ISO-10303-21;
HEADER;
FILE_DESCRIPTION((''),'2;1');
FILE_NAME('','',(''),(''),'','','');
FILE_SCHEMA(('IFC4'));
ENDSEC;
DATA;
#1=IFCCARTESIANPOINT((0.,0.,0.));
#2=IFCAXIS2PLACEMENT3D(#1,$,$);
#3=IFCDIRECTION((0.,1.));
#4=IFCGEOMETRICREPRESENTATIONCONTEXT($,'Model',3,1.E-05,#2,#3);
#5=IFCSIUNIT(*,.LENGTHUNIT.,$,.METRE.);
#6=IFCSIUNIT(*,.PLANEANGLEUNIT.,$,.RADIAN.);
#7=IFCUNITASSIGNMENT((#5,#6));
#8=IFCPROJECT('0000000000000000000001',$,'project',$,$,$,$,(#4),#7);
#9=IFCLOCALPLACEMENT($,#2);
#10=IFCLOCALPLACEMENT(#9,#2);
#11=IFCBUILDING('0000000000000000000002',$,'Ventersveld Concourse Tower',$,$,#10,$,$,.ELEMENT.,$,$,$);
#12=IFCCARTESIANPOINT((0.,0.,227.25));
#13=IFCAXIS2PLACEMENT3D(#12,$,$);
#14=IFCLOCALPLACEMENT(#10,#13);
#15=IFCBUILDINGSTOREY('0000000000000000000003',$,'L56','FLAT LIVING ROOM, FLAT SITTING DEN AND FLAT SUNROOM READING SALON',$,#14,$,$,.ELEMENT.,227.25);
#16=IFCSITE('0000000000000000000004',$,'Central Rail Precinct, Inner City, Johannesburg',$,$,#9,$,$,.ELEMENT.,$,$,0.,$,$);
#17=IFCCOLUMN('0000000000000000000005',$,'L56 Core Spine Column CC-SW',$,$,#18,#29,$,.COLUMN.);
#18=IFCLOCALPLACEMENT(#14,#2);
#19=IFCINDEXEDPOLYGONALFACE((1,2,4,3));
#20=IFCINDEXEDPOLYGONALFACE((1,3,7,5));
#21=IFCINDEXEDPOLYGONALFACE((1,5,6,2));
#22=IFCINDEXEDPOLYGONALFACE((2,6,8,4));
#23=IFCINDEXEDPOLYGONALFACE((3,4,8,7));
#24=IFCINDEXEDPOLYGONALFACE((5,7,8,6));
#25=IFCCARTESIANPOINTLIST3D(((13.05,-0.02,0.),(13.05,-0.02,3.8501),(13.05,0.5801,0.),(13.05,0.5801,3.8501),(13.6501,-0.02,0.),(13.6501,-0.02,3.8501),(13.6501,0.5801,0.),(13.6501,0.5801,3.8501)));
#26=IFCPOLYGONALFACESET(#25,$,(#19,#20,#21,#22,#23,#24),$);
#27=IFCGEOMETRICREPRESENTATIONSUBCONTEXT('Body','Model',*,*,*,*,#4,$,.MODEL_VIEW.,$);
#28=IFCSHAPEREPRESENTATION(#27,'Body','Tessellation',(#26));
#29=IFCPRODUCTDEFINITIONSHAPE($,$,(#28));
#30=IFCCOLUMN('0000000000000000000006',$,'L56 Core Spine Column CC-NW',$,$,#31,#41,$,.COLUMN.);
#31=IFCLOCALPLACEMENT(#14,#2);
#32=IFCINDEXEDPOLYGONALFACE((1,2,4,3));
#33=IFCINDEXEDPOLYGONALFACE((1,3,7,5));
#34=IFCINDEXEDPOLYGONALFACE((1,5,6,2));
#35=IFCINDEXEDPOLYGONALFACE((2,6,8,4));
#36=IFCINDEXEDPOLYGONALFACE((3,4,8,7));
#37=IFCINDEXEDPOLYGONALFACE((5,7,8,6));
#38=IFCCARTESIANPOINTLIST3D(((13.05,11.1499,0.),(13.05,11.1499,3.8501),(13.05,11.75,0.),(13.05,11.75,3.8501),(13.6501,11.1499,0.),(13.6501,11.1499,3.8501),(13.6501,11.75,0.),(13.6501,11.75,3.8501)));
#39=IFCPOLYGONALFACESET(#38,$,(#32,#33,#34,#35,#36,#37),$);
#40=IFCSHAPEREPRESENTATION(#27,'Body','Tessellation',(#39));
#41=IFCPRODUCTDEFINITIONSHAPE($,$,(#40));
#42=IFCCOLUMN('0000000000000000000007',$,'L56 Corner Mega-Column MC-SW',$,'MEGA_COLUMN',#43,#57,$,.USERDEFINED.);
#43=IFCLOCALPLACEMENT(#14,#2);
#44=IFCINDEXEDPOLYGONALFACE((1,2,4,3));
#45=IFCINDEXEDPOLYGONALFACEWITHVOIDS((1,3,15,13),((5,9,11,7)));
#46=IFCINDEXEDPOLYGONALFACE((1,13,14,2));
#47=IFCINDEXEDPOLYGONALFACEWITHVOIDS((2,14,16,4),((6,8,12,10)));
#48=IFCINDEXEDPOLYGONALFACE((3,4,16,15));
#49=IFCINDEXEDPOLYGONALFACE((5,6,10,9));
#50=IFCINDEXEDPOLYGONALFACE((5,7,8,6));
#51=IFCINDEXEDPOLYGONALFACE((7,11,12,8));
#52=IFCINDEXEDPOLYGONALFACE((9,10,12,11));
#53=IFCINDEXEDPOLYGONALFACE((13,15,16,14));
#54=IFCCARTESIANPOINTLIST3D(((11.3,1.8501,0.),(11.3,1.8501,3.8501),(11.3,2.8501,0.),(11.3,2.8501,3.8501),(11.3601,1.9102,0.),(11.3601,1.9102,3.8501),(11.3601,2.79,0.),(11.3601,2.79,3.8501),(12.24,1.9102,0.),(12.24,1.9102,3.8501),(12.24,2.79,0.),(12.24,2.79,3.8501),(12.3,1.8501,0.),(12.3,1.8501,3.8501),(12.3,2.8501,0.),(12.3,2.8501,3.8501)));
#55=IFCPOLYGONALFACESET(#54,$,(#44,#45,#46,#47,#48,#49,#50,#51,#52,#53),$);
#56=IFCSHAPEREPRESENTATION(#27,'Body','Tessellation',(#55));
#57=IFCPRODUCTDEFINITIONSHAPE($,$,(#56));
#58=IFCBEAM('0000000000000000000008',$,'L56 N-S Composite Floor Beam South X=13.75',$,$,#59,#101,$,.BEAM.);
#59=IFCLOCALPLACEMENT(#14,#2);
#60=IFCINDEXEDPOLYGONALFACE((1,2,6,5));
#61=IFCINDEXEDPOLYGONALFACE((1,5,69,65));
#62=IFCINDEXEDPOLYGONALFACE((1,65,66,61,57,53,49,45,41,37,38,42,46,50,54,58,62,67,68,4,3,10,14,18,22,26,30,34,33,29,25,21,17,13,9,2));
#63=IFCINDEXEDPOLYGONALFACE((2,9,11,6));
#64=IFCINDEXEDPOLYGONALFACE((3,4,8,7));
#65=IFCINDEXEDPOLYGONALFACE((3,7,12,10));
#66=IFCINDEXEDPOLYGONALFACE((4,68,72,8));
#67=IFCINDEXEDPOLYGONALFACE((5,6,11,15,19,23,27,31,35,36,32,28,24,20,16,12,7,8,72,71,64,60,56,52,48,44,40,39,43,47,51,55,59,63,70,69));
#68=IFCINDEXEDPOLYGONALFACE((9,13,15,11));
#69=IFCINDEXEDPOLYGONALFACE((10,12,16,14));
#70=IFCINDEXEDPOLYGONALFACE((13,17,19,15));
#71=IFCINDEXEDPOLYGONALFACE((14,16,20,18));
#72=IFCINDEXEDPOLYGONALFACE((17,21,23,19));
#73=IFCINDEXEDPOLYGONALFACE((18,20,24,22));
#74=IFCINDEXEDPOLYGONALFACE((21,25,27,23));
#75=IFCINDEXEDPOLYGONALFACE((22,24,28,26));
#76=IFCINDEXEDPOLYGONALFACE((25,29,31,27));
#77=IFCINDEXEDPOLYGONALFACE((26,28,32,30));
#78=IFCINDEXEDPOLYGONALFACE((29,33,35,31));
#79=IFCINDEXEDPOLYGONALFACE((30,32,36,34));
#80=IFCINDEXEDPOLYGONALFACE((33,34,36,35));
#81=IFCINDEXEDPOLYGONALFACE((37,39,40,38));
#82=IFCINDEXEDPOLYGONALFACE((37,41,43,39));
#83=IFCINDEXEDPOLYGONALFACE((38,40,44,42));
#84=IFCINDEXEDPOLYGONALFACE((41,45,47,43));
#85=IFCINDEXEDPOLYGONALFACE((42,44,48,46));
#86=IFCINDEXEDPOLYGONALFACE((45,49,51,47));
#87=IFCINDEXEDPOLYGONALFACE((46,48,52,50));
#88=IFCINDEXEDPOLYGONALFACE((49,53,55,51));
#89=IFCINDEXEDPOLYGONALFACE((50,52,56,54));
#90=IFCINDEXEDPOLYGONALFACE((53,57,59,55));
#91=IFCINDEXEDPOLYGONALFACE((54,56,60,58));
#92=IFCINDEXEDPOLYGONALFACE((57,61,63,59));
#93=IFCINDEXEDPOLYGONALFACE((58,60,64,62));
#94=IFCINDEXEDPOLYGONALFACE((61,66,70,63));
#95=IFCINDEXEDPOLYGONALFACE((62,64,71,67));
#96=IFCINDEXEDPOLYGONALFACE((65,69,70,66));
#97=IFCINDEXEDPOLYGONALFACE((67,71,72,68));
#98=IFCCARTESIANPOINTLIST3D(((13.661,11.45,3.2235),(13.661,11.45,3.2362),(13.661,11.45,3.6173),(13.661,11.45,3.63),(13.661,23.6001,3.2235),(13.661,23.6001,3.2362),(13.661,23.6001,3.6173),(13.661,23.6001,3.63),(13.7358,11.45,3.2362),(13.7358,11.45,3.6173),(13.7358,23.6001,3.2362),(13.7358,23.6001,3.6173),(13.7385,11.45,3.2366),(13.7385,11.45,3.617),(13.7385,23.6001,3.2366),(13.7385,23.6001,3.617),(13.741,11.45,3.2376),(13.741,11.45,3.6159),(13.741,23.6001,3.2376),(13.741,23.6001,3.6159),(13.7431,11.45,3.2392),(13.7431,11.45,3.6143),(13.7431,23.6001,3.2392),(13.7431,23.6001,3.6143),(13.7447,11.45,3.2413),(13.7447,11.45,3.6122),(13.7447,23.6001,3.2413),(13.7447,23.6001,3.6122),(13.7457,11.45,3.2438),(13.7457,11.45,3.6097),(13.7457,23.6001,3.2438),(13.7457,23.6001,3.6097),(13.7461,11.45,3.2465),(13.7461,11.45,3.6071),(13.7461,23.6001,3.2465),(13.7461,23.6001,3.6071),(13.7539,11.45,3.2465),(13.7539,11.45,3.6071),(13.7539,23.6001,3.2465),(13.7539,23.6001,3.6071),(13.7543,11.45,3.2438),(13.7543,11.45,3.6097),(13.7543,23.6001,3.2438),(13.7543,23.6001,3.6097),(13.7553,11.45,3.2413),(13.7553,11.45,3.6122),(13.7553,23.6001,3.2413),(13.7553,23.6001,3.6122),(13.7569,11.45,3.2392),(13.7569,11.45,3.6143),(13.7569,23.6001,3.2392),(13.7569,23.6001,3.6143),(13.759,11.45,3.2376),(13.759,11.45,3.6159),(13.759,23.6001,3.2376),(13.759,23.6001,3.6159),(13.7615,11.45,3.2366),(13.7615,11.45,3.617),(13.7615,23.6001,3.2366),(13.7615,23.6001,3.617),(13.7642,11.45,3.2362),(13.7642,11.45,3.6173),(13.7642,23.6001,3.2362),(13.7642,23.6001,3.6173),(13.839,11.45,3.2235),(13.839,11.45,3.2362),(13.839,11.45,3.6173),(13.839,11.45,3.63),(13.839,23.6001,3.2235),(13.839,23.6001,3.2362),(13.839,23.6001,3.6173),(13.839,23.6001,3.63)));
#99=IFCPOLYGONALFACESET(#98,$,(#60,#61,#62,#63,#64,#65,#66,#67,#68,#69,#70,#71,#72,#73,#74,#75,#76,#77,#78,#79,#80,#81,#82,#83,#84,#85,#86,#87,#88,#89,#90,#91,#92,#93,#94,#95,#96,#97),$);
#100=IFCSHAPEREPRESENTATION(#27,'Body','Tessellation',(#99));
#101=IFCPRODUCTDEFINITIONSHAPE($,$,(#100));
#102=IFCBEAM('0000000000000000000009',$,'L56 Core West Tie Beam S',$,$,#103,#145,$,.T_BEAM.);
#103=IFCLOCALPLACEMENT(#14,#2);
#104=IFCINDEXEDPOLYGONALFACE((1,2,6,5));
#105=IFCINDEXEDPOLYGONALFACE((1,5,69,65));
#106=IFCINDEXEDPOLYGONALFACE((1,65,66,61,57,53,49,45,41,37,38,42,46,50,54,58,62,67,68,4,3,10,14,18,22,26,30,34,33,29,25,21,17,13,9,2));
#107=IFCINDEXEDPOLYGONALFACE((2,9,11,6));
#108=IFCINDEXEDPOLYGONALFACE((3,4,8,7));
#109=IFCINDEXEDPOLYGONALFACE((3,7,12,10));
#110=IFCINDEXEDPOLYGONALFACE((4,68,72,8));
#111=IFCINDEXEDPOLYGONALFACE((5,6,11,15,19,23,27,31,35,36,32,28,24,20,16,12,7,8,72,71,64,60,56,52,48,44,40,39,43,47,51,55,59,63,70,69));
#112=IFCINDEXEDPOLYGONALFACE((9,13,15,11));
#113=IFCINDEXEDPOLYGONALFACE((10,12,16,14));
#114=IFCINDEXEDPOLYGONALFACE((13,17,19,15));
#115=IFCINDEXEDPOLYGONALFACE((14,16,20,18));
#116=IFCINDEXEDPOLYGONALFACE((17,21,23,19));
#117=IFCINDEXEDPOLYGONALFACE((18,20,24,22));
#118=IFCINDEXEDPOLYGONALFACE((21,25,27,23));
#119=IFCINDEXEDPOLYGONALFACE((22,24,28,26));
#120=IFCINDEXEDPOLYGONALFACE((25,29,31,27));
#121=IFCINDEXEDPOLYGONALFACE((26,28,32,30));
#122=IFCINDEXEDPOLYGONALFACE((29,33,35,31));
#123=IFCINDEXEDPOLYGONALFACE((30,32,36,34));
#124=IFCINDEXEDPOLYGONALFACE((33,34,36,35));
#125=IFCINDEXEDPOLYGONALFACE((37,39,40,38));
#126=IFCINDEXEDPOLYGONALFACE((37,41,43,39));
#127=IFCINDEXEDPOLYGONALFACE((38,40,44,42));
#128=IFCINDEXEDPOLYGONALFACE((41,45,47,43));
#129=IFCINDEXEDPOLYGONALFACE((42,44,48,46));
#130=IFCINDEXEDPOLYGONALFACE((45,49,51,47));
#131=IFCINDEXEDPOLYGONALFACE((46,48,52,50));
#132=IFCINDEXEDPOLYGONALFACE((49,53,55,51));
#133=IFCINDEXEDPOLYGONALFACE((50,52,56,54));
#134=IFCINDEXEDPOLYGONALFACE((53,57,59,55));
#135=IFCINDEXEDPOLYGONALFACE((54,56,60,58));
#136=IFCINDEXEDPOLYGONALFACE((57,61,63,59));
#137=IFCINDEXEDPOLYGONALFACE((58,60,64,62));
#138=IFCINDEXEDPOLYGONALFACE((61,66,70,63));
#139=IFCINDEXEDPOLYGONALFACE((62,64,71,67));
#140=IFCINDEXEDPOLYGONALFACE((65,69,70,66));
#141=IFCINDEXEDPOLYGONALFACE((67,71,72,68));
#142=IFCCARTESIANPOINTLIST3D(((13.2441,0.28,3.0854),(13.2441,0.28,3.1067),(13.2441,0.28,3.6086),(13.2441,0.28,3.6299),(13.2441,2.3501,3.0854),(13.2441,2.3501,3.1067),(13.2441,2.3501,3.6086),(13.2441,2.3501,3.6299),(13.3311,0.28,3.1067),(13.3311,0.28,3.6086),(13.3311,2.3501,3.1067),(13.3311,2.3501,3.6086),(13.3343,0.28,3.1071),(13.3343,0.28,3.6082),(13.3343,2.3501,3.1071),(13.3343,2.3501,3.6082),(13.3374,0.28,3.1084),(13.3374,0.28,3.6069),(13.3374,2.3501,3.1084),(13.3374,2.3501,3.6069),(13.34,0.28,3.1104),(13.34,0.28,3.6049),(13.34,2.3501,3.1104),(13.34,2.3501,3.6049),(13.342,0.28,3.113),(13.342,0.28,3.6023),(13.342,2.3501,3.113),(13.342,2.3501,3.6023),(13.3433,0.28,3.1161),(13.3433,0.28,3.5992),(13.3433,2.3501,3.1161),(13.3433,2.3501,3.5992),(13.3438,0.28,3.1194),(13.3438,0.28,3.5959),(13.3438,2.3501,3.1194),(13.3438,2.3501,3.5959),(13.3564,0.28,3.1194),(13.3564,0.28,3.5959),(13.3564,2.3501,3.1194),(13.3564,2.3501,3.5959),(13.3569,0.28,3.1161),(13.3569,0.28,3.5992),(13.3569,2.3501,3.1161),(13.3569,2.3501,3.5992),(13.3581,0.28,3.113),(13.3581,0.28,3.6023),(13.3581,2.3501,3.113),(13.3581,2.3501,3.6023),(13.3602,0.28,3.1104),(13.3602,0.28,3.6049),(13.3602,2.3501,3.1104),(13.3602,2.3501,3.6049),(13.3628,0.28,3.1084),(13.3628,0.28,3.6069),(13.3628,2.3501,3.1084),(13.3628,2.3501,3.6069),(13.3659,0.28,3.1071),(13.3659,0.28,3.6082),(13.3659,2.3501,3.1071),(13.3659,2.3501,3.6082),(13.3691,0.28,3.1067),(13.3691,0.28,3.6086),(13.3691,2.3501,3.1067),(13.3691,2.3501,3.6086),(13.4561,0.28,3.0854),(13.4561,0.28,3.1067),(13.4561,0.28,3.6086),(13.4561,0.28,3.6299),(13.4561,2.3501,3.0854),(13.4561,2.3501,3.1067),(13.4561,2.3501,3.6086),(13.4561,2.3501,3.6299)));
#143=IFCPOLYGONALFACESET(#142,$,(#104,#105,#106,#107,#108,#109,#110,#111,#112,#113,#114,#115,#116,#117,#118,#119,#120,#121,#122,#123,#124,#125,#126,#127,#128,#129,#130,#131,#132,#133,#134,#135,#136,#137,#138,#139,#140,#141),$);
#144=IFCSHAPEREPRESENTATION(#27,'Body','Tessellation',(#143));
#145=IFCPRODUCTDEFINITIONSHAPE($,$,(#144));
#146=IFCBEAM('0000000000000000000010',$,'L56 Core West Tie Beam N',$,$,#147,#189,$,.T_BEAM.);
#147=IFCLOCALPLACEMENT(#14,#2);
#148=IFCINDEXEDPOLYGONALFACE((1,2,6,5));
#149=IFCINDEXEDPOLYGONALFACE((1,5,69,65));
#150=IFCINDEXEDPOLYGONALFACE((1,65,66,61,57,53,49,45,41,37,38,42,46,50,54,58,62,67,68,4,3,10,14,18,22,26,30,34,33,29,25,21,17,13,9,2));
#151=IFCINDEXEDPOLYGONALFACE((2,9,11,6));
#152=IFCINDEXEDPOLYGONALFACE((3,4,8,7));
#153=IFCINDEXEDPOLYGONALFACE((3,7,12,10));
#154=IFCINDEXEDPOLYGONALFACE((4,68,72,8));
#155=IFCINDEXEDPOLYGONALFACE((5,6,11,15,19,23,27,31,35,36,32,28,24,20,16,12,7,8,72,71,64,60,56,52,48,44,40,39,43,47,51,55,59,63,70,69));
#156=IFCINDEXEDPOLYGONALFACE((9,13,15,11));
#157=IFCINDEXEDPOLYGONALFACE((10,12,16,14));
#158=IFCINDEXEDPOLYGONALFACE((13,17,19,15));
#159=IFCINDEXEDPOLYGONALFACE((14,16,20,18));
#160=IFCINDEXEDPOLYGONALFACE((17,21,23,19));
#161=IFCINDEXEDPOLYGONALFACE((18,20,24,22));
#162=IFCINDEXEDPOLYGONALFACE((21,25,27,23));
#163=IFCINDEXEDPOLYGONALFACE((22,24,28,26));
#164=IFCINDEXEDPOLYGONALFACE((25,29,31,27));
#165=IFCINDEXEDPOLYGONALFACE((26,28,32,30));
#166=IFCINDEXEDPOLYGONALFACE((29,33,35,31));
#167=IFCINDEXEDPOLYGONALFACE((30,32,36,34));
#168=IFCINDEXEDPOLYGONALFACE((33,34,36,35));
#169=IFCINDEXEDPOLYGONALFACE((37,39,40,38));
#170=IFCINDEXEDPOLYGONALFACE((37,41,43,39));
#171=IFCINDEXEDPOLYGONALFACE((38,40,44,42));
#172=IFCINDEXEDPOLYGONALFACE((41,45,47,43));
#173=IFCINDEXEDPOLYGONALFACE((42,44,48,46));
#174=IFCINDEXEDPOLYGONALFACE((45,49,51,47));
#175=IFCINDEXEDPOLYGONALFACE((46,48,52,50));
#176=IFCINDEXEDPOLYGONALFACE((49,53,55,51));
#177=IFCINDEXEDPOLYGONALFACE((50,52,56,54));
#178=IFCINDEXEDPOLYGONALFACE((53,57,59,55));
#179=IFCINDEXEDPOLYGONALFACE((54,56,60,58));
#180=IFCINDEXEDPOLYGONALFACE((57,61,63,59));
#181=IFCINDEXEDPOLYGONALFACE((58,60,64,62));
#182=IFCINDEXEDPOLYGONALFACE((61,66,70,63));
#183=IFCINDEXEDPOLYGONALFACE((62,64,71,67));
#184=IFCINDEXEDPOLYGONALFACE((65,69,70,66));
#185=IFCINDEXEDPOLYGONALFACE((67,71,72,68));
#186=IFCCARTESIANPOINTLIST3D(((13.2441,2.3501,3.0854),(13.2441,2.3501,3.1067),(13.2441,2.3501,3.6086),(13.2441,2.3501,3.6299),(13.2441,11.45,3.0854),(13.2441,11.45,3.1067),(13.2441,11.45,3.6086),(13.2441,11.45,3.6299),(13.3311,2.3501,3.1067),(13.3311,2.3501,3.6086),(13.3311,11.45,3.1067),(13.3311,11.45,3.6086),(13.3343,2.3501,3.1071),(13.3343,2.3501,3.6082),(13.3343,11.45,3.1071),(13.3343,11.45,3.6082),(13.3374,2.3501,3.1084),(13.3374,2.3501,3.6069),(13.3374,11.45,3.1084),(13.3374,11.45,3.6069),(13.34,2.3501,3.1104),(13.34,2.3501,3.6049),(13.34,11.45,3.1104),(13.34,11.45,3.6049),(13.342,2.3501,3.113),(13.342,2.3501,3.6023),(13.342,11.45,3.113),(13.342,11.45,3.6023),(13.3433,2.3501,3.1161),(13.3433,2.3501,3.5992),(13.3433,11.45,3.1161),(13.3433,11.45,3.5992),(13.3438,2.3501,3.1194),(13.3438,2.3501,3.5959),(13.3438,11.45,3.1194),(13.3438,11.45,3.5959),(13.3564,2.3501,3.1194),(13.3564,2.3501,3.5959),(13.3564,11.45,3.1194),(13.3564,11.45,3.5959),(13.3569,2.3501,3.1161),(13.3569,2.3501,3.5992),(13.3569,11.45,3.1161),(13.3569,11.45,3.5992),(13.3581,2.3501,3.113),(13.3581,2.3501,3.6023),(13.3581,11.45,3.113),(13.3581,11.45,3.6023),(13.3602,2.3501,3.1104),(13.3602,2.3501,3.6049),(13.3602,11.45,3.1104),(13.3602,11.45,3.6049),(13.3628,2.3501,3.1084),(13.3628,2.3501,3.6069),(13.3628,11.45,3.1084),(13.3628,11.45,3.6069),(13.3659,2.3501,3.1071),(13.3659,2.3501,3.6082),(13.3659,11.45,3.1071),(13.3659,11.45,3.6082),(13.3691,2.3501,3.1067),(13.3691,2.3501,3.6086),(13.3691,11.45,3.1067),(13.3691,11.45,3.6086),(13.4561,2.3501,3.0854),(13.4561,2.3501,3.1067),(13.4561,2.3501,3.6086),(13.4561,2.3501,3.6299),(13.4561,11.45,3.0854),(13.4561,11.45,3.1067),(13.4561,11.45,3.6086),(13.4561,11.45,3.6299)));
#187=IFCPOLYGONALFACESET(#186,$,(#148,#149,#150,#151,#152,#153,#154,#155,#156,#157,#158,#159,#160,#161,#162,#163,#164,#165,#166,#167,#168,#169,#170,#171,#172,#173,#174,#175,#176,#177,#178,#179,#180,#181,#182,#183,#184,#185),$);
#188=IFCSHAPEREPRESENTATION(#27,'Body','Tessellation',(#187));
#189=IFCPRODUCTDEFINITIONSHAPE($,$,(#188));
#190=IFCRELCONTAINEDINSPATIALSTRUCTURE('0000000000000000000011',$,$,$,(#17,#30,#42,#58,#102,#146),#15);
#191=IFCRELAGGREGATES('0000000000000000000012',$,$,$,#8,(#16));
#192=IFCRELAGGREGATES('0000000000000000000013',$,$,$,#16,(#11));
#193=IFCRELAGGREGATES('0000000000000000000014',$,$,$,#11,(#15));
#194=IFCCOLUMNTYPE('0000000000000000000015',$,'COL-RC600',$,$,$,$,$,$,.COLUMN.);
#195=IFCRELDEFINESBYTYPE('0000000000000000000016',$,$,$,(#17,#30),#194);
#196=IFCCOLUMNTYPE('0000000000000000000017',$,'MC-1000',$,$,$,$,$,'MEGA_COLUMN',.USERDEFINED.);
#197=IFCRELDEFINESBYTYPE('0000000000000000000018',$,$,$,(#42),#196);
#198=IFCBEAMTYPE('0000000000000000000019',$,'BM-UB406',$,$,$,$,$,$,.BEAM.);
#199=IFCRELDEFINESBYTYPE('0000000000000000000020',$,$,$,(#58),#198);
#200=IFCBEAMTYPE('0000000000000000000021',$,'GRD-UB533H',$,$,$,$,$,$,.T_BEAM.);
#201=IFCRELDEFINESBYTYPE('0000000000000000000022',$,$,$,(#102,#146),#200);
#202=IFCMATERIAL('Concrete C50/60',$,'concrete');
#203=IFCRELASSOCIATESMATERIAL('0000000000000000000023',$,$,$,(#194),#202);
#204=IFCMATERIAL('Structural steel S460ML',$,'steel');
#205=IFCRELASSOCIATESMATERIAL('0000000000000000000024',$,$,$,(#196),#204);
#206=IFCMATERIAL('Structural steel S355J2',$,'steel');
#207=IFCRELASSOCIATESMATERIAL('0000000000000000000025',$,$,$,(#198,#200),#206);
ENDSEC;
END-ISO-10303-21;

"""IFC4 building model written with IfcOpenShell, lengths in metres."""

from ifc_helpers import new_model, si_unit, direction, frame, origin, origin_2d, place, context, subcontext, project, spatial, rectangle, hollow_rectangle, i_section, extrude, material, material_profile, profile_set, type_object, element, save


model = new_model("IFC4")

# Units and contexts
model_context = context("Model", 3, precision=1e-05, world=origin(), true_north=direction((0.0, 1.0)))
body_context = subcontext(model_context, "Body", "Model", "MODEL_VIEW")
ifc_project = project(units=[si_unit("LENGTHUNIT", "METRE"), si_unit("PLANEANGLEUNIT", "RADIAN")], contexts=[model_context])

# Site, building, storey
site_placement = place(None, origin())
site = spatial("IfcSite", under=ifc_project, at=site_placement, Name="Central Rail Precinct, Inner City, Johannesburg", CompositionType="ELEMENT", RefElevation=0.0)
building_placement = place(site_placement, origin())
building = spatial("IfcBuilding", under=site, at=building_placement, Name="Ventersveld Concourse Tower", CompositionType="ELEMENT")
storey_placement = place(building_placement, frame((0.0, 0.0, 227.25)))
storey = spatial("IfcBuildingStorey", under=building, at=storey_placement, Name="L56", Description="FLAT LIVING ROOM, FLAT SITTING DEN AND FLAT SUNROOM READING SALON", CompositionType="ELEMENT", Elevation=227.25)

# Columns
ifc_material_1 = material(Name="Concrete C50/60", Category="concrete")
ifc_material_profile_1 = material_profile(ifc_material_1, rectangle(XDim=0.6001, YDim=0.6001, at=origin_2d()), Name="RC 600x600")
ifc_profile_set_1 = profile_set([ifc_material_profile_1], Name="Concrete C50/60")
column_type_1 = type_object("IfcColumnType", Name="COL-RC600", PredefinedType="COLUMN", material=ifc_profile_set_1)
for number, where, z_axis, x_axis, name in (
    (1, (13.3501, 0.28, 0.0), (0.0, 0.0, 1.0), (1.0, 0.0, 0.0), "L56 Core Spine Column CC-SW"),
    (2, (13.3501, 11.45, 0.0), (0.0, 0.0, 1.0), (1.0, 0.0, 0.0), "L56 Core Spine Column CC-NW"),
):
    element("IfcColumn", number, at=place(storey_placement, frame(where, z_axis=z_axis, x_axis=x_axis)), inside=storey, type_object=column_type_1, Name=name, PredefinedType="COLUMN", context=body_context, shape_type="SweptSolid", body=[
        extrude(rectangle(XDim=0.6001, YDim=0.6001, at=origin_2d()), origin(), (0.0, 0.0, 1.0), 3.8501),
    ])
ifc_material_2 = material(Name="Structural steel S460ML", Category="steel")
ifc_material_profile_2 = material_profile(ifc_material_2, hollow_rectangle(XDim=1.0, YDim=1.0, WallThickness=0.0601, at=origin_2d()), Name="BOX 1000x1000x60")
ifc_profile_set_2 = profile_set([ifc_material_profile_2], Name="Structural steel S460ML")
column_type_2 = type_object("IfcColumnType", Name="MC-1000", ElementType="MEGA_COLUMN", PredefinedType="USERDEFINED", material=ifc_profile_set_2)
column_placement = place(storey_placement, frame((11.8, 2.3501, 0.0), z_axis=(0.0, 0.0, 1.0), x_axis=(1.0, 0.0, 0.0)))
element("IfcColumn", 3, at=column_placement, inside=storey, type_object=column_type_2, Name="L56 Corner Mega-Column MC-SW", ObjectType="MEGA_COLUMN", PredefinedType="USERDEFINED", context=body_context, shape_type="SweptSolid", body=[
    extrude(hollow_rectangle(XDim=1.0, YDim=1.0, WallThickness=0.0601, at=origin_2d()), origin(), (0.0, 0.0, 1.0), 3.8501),
])

# Beams
ifc_material_3 = material(Name="Structural steel S355J2", Category="steel")
ifc_material_profile_3 = material_profile(ifc_material_3, i_section(OverallWidth=0.178, OverallDepth=0.4065, WebThickness=0.0078, FlangeThickness=0.0127, FilletRadius=0.0103, at=origin_2d()), Name="UB 406x178x60")
ifc_profile_set_3 = profile_set([ifc_material_profile_3], Name="Structural steel S355J2")
beam_type_1 = type_object("IfcBeamType", Name="BM-UB406", PredefinedType="BEAM", material=ifc_profile_set_3)
beam_1_placement = place(storey_placement, frame((13.75, 11.45, 3.4268), z_axis=(0.0, 1.0, 0.0), x_axis=(-1.0, 0.0, 0.0)))
element("IfcBeam", 4, at=beam_1_placement, inside=storey, type_object=beam_type_1, Name="L56 N-S Composite Floor Beam South X=13.75", PredefinedType="BEAM", context=body_context, shape_type="SweptSolid", body=[
    extrude(i_section(OverallWidth=0.178, OverallDepth=0.4065, WebThickness=0.0078, FlangeThickness=0.0127, FilletRadius=0.0103, at=origin_2d()), origin(), (0.0, 0.0, 1.0), 12.1501),
])
ifc_material_profile_4 = material_profile(ifc_material_3, i_section(OverallWidth=0.2119, OverallDepth=0.5444, WebThickness=0.0127, FlangeThickness=0.0212, FilletRadius=0.0127, at=origin_2d()), Name="UB 533x210x122")
ifc_profile_set_4 = profile_set([ifc_material_profile_4], Name="Structural steel S355J2")
beam_type_2 = type_object("IfcBeamType", Name="GRD-UB533H", PredefinedType="T_BEAM", material=ifc_profile_set_4)
beam_2_placement = place(storey_placement, frame((13.3501, 0.28, 3.3577), z_axis=(0.0, 1.0, 0.0), x_axis=(-1.0, 0.0, 0.0)))
element("IfcBeam", 5, at=beam_2_placement, inside=storey, type_object=beam_type_2, Name="L56 Core West Tie Beam S", PredefinedType="T_BEAM", context=body_context, shape_type="SweptSolid", body=[
    extrude(i_section(OverallWidth=0.2119, OverallDepth=0.5444, WebThickness=0.0127, FlangeThickness=0.0212, FilletRadius=0.0127, at=origin_2d()), origin(), (0.0, 0.0, 1.0), 2.0701),
])
beam_3_placement = place(storey_placement, frame((13.3501, 2.3501, 3.3577), z_axis=(0.0, 1.0, 0.0), x_axis=(-1.0, 0.0, 0.0)))
element("IfcBeam", 6, at=beam_3_placement, inside=storey, type_object=beam_type_2, Name="L56 Core West Tie Beam N", PredefinedType="T_BEAM", context=body_context, shape_type="SweptSolid", body=[
    extrude(i_section(OverallWidth=0.2119, OverallDepth=0.5444, WebThickness=0.0127, FlangeThickness=0.0212, FilletRadius=0.0127, at=origin_2d()), origin(), (0.0, 0.0, 1.0), 9.0999),
])

save(model, "model.ifc")
